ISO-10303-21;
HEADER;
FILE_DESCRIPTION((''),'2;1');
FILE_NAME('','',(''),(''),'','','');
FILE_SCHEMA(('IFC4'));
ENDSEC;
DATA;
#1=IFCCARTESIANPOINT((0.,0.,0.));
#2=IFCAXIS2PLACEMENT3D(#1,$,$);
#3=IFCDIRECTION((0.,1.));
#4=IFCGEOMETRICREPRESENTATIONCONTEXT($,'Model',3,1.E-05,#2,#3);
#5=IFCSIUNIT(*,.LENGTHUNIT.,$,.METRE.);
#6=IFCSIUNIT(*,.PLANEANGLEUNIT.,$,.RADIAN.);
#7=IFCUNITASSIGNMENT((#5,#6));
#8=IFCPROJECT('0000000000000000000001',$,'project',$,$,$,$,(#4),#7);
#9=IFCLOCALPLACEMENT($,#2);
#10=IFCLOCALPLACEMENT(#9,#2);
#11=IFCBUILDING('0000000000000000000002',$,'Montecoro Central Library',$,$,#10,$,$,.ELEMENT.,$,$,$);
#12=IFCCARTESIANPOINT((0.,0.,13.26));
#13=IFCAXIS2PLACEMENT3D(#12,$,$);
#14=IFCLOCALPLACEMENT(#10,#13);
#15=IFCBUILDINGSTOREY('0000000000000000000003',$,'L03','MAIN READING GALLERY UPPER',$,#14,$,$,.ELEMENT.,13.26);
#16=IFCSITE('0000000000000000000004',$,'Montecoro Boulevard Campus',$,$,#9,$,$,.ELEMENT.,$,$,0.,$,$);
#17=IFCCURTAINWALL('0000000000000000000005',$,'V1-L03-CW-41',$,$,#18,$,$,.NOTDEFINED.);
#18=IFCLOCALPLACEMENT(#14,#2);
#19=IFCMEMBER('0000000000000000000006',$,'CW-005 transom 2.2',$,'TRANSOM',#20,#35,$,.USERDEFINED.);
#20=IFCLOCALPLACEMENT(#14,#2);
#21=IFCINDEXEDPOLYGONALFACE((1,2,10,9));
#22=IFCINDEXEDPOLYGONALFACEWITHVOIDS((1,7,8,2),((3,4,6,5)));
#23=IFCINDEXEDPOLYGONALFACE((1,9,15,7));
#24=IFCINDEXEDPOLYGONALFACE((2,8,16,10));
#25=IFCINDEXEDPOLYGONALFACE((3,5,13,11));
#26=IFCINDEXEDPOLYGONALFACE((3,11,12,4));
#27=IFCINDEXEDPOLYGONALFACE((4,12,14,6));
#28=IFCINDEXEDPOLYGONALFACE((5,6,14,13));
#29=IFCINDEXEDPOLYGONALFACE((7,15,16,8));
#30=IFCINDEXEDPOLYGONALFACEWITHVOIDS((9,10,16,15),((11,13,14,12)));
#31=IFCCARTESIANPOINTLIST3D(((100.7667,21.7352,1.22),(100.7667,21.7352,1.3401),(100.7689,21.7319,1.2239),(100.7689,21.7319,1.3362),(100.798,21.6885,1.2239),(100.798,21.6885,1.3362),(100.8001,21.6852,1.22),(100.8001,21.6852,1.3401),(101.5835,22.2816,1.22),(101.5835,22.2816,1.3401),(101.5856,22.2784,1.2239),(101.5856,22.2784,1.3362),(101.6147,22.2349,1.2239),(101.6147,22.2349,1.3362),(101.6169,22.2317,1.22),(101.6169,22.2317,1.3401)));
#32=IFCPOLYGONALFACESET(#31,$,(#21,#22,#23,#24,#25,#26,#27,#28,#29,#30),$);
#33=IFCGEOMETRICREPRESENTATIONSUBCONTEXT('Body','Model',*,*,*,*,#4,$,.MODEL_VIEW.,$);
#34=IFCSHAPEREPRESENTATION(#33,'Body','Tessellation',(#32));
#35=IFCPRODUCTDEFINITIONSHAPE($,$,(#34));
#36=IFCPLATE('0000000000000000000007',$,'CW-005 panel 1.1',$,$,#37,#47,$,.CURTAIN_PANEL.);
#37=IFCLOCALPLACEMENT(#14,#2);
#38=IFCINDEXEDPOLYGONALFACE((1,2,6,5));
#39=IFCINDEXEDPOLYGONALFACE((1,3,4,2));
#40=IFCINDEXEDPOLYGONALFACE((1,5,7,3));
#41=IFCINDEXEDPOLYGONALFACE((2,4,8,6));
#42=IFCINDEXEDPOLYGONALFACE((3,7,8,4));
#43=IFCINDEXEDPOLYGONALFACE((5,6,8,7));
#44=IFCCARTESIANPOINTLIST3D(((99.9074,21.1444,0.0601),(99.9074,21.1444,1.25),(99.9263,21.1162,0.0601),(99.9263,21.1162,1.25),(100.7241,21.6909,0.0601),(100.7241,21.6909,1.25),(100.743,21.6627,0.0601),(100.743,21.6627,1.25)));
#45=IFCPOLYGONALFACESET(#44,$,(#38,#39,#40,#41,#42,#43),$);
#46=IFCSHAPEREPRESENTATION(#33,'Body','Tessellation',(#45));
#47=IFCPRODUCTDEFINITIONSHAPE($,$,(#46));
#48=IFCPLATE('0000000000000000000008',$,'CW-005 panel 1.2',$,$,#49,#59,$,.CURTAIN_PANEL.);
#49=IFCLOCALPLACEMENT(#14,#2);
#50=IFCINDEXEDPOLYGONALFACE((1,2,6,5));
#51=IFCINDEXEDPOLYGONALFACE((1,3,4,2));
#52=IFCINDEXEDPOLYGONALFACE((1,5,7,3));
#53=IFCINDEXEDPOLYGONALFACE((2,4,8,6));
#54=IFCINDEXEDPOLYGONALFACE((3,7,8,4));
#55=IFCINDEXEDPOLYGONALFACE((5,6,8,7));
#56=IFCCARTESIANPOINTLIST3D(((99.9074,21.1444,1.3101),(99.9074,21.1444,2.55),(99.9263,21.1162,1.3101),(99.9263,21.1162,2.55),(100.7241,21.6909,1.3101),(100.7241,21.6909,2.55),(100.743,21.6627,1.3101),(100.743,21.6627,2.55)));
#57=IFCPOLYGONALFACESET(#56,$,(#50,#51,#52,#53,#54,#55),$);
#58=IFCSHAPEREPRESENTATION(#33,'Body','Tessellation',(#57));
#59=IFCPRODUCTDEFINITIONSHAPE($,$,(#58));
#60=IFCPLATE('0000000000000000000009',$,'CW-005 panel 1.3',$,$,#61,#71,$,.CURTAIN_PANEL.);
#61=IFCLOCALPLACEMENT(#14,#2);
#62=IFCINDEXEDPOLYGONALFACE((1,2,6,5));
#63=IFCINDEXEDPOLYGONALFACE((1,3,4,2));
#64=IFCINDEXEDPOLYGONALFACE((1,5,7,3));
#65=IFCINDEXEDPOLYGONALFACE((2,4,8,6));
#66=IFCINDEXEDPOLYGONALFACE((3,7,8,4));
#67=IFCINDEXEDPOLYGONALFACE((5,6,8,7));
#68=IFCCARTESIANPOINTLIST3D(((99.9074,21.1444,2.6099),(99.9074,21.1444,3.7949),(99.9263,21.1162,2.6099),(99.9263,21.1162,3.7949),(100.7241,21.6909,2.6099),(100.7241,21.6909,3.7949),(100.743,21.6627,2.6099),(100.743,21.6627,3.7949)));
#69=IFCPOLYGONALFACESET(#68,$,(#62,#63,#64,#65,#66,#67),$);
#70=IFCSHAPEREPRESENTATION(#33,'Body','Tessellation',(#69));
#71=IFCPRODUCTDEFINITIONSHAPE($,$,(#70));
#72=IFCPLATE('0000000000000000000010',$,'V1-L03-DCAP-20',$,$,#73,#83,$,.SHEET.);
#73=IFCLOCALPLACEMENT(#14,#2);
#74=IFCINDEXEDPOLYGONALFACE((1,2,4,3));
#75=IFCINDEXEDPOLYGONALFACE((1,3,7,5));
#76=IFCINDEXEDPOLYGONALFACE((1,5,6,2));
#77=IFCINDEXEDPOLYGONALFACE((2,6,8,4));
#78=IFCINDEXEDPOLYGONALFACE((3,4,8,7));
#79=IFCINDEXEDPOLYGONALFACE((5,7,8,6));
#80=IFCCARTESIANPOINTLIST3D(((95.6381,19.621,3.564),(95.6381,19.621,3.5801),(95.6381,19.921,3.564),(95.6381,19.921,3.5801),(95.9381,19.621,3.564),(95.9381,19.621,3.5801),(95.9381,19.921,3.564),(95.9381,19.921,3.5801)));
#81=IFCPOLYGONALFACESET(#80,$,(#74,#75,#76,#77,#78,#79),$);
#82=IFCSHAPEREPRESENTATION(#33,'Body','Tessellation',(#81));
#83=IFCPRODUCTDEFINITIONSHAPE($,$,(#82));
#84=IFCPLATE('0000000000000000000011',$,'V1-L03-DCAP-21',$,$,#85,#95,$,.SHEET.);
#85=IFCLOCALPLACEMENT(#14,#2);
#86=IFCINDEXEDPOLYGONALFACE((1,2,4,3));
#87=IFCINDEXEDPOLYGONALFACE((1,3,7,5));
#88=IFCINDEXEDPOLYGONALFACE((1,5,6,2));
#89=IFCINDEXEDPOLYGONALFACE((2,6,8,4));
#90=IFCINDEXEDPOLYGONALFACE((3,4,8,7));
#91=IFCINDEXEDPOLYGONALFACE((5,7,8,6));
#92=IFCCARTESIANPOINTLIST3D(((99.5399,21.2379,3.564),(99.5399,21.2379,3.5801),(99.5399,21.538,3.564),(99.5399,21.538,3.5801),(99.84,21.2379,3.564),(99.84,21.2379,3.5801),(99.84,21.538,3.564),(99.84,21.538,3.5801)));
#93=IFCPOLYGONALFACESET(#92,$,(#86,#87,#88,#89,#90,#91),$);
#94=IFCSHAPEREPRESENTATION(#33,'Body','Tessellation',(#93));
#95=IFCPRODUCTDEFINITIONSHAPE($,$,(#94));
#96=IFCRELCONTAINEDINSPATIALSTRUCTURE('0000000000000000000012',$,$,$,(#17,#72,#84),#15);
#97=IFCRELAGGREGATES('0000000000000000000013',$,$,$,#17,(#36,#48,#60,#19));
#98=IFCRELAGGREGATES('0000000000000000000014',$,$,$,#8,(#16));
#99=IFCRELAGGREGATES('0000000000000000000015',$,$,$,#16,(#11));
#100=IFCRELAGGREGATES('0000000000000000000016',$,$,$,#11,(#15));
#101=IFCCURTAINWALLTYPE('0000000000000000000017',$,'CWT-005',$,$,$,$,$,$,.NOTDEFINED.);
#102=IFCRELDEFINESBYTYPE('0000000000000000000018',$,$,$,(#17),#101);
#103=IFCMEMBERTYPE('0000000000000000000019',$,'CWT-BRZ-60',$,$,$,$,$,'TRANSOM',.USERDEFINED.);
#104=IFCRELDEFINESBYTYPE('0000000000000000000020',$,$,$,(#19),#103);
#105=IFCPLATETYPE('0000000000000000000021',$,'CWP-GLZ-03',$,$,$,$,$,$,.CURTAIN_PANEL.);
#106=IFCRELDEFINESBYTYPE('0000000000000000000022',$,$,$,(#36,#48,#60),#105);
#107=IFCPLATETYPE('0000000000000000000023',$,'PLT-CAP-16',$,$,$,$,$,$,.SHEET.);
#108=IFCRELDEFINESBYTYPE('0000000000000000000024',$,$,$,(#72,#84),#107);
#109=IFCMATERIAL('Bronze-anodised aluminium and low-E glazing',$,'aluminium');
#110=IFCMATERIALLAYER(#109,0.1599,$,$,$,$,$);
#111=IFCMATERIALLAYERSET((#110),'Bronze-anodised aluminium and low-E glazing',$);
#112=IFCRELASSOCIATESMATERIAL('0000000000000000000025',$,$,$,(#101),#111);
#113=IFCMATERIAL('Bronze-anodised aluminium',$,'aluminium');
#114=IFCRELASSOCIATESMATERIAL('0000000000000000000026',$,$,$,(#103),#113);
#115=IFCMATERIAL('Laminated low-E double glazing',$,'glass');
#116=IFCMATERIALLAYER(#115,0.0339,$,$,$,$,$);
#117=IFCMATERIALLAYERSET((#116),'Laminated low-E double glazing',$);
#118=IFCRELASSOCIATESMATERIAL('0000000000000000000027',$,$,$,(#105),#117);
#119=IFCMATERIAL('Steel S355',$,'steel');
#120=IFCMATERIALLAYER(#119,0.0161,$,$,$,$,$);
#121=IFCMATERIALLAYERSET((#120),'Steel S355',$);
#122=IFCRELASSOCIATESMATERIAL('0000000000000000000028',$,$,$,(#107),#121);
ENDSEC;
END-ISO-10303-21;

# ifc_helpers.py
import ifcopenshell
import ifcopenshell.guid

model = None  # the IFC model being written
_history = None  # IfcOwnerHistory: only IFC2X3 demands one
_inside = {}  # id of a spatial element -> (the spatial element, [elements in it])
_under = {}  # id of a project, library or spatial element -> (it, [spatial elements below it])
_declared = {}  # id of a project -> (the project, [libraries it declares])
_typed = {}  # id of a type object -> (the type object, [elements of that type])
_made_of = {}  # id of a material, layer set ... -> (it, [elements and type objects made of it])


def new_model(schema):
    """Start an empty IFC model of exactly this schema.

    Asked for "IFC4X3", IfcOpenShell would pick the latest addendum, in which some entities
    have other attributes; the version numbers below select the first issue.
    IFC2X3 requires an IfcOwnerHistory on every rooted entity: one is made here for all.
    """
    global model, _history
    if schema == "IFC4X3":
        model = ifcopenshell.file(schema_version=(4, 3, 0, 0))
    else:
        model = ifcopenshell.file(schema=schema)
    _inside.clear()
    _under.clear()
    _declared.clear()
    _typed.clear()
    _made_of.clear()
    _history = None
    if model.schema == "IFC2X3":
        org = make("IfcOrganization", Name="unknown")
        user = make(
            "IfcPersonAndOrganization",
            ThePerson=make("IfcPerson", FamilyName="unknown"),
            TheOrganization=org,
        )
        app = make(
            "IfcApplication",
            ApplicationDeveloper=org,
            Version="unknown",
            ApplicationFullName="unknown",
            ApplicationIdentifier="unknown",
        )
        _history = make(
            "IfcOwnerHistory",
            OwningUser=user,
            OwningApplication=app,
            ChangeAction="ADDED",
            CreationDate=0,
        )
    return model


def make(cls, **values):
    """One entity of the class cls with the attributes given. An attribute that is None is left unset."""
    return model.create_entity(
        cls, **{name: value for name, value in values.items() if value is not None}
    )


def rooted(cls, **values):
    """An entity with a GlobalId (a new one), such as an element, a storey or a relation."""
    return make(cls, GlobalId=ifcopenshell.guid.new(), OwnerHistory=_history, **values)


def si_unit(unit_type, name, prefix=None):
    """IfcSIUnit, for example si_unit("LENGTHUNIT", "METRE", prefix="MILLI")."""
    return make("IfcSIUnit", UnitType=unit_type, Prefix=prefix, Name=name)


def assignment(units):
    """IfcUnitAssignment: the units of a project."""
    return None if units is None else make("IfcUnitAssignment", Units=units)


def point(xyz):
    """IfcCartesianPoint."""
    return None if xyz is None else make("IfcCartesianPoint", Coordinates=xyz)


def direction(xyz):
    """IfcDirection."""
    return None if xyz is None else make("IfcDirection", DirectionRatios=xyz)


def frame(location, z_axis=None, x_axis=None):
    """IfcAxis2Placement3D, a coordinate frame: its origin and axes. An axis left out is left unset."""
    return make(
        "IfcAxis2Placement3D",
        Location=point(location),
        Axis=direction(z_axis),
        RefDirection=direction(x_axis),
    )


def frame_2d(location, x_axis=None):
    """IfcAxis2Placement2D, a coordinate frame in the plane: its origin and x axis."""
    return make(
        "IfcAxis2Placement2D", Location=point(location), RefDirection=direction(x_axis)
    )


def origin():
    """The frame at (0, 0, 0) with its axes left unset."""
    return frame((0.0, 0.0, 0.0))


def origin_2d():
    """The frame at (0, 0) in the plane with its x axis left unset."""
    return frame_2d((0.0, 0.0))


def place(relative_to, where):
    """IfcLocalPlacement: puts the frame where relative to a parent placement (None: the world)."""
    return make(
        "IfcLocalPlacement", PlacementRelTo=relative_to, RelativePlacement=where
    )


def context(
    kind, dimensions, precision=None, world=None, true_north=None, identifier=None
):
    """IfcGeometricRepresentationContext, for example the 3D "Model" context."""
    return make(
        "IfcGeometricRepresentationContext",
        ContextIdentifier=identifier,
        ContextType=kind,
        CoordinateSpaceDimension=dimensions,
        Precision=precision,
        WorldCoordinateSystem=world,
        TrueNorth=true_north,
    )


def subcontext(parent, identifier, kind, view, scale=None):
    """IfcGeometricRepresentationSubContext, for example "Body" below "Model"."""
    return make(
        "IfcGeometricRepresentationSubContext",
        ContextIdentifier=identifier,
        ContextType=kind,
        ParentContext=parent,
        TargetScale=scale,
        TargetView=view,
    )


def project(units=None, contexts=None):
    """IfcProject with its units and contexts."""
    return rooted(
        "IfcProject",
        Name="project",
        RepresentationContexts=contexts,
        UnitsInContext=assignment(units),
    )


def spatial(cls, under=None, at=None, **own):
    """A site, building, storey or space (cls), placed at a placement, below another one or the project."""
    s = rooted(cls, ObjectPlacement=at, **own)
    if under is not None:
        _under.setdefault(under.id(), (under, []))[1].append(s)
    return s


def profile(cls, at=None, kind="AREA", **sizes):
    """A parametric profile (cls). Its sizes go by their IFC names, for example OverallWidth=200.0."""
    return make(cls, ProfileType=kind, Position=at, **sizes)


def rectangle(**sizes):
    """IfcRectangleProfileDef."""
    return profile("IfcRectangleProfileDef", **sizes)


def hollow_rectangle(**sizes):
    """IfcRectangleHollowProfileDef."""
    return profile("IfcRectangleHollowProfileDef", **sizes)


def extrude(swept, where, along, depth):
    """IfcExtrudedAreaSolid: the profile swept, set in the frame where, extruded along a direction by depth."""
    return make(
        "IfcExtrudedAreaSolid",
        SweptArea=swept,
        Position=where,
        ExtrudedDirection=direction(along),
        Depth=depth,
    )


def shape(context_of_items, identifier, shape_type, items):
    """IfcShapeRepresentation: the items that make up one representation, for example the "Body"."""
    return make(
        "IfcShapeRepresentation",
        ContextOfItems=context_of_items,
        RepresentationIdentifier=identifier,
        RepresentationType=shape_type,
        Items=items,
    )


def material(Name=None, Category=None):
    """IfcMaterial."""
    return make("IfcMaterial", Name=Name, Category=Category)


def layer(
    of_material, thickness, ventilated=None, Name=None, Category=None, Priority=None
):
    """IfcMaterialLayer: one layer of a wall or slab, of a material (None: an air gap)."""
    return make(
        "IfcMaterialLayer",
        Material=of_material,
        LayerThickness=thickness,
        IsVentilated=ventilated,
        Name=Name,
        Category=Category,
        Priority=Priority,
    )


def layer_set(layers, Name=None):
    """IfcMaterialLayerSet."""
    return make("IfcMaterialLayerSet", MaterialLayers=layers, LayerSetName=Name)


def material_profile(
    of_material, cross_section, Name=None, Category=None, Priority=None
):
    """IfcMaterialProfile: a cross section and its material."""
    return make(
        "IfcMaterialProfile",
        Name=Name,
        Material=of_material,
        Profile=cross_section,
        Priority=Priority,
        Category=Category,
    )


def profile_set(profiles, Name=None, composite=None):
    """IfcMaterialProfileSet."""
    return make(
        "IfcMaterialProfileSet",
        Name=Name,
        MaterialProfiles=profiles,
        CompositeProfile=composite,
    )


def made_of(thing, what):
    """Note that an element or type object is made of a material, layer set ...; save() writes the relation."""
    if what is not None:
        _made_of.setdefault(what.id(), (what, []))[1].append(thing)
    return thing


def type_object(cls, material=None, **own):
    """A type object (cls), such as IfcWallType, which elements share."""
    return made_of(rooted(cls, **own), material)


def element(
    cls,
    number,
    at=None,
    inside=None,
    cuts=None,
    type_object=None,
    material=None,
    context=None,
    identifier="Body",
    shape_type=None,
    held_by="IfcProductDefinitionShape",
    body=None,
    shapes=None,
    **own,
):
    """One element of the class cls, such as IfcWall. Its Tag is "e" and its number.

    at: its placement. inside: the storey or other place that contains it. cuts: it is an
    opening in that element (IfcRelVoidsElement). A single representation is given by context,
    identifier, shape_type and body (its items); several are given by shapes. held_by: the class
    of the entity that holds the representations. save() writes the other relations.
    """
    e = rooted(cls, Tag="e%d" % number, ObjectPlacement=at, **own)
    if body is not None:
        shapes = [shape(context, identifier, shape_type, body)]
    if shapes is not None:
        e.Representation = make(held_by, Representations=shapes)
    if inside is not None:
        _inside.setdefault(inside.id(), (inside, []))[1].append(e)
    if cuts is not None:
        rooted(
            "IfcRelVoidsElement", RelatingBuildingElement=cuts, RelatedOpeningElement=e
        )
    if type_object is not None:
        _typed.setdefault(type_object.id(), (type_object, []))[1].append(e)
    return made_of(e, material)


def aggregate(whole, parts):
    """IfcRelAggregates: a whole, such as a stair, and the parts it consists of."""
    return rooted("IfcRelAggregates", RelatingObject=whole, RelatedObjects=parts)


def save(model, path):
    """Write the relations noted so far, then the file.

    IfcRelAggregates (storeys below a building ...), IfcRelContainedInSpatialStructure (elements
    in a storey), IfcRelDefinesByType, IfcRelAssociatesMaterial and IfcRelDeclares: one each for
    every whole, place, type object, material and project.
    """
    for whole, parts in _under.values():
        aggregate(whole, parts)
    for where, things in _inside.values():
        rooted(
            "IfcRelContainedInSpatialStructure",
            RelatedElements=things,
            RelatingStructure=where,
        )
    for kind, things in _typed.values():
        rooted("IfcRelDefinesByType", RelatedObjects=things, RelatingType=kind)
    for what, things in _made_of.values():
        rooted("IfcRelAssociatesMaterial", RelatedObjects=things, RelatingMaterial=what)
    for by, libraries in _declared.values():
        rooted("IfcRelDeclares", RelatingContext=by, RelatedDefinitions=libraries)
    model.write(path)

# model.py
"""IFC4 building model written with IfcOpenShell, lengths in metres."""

from ifc_helpers import new_model, si_unit, direction, frame, origin, origin_2d, place, context, subcontext, project, spatial, rectangle, hollow_rectangle, extrude, material, layer, layer_set, material_profile, profile_set, type_object, element, aggregate, save


model = new_model("IFC4")

# Units and contexts
model_context = context("Model", 3, precision=1e-05, world=origin(), true_north=direction((0.0, 1.0)))
body_context = subcontext(model_context, "Body", "Model", "MODEL_VIEW")
ifc_project = project(units=[si_unit("LENGTHUNIT", "METRE"), si_unit("PLANEANGLEUNIT", "RADIAN")], contexts=[model_context])

# Site, building, storey
site_placement = place(None, origin())
site = spatial("IfcSite", under=ifc_project, at=site_placement, Name="Montecoro Boulevard Campus", CompositionType="ELEMENT", RefElevation=0.0)
building_placement = place(site_placement, origin())
building = spatial("IfcBuilding", under=site, at=building_placement, Name="Montecoro Central Library", CompositionType="ELEMENT")
storey_placement = place(building_placement, frame((0.0, 0.0, 13.26)))
storey = spatial("IfcBuildingStorey", under=building, at=storey_placement, Name="L03", Description="MAIN READING GALLERY UPPER", CompositionType="ELEMENT", Elevation=13.26)

# Shared definitions
ifc_material_1 = material(Name="Steel S355", Category="steel")

# Curtain wall, member, plates
ifc_material_2 = material(Name="Bronze-anodised aluminium and low-E glazing", Category="aluminium")
ifc_layer_1 = layer(ifc_material_2, 0.1599)
ifc_layer_set_1 = layer_set([ifc_layer_1], Name="Bronze-anodised aluminium and low-E glazing")
curtain_wall_type = type_object("IfcCurtainWallType", Name="CWT-005", PredefinedType="NOTDEFINED", material=ifc_layer_set_1)
curtain_wall_placement = place(storey_placement, origin())
curtain_wall = element("IfcCurtainWall", 1, at=curtain_wall_placement, inside=storey, type_object=curtain_wall_type, Name="V1-L03-CW-41", PredefinedType="NOTDEFINED")
ifc_material_3 = material(Name="Bronze-anodised aluminium", Category="aluminium")
ifc_material_profile_1 = material_profile(ifc_material_3, hollow_rectangle(XDim=0.0601, YDim=0.1201, WallThickness=0.0039, at=origin_2d()), Name="CWT 120x60x4.0")
ifc_profile_set_1 = profile_set([ifc_material_profile_1], Name="Bronze-anodised aluminium")
member_type_1 = type_object("IfcMemberType", Name="CWT-BRZ-60", ElementType="TRANSOM", PredefinedType="USERDEFINED", material=ifc_profile_set_1)
member_1_placement = place(storey_placement, frame((100.7834, 21.7102, 1.28), z_axis=(0.831132, 0.556076, 0.0), x_axis=(-0.556076, 0.831132, 0.0)))
member_1 = element("IfcMember", 2, at=member_1_placement, type_object=member_type_1, Name="CW-005 transom 2.2", ObjectType="TRANSOM", PredefinedType="USERDEFINED", context=body_context, shape_type="SweptSolid", body=[
    extrude(hollow_rectangle(XDim=0.0601, YDim=0.1201, WallThickness=0.0039, at=origin_2d()), origin(), (0.0, 0.0, 1.0), 0.9827),
])
ifc_material_4 = material(Name="Laminated low-E double glazing", Category="glass")
ifc_layer_2 = layer(ifc_material_4, 0.0339)
ifc_layer_set_2 = layer_set([ifc_layer_2], Name="Laminated low-E double glazing")
plate_type_1 = type_object("IfcPlateType", Name="CWP-GLZ-03", PredefinedType="CURTAIN_PANEL", material=ifc_layer_set_2)
plate_1_placement = place(storey_placement, frame((100.3252, 21.4036, 0.0601), z_axis=(0.0, 0.0, 1.0), x_axis=(0.831117, 0.556098, 0.0)))
plate_1 = element("IfcPlate", 3, at=plate_1_placement, type_object=plate_type_1, Name="CW-005 panel 1.1", PredefinedType="CURTAIN_PANEL", context=body_context, shape_type="SweptSolid", body=[
    extrude(rectangle(XDim=0.9827, YDim=0.0339, at=origin_2d()), origin(), (0.0, 0.0, 1.0), 1.1899),
])
plate_2_placement = place(storey_placement, frame((100.3252, 21.4036, 1.3101), z_axis=(0.0, 0.0, 1.0), x_axis=(0.831117, 0.556098, 0.0)))
plate_2 = element("IfcPlate", 4, at=plate_2_placement, type_object=plate_type_1, Name="CW-005 panel 1.2", PredefinedType="CURTAIN_PANEL", context=body_context, shape_type="SweptSolid", body=[
    extrude(rectangle(XDim=0.9827, YDim=0.0339, at=origin_2d()), origin(), (0.0, 0.0, 1.0), 1.24),
])
plate_3_placement = place(storey_placement, frame((100.3252, 21.4036, 2.6099), z_axis=(0.0, 0.0, 1.0), x_axis=(0.831117, 0.556098, 0.0)))
plate_3 = element("IfcPlate", 5, at=plate_3_placement, type_object=plate_type_1, Name="CW-005 panel 1.3", PredefinedType="CURTAIN_PANEL", context=body_context, shape_type="SweptSolid", body=[
    extrude(rectangle(XDim=0.9827, YDim=0.0339, at=origin_2d()), origin(), (0.0, 0.0, 1.0), 1.1851),
])
aggregate(curtain_wall, [plate_1, plate_2, plate_3, member_1])

# Plates
ifc_layer_3 = layer(ifc_material_1, 0.0161)
ifc_layer_set_3 = layer_set([ifc_layer_3], Name="Steel S355")
plate_type_2 = type_object("IfcPlateType", Name="PLT-CAP-16", PredefinedType="SHEET", material=ifc_layer_set_3)
for number, where, z_axis, x_axis, name in (
    (6, (95.7881, 19.771, 3.564), (0.0, 0.0, 1.0), (1.0, 0.0, 0.0), "V1-L03-DCAP-20"),
    (7, (99.6899, 21.3879, 3.564), (0.0, 0.0, 1.0), (1.0, 0.0, 0.0), "V1-L03-DCAP-21"),
):
    element("IfcPlate", number, at=place(storey_placement, frame(where, z_axis=z_axis, x_axis=x_axis)), inside=storey, type_object=plate_type_2, Name=name, PredefinedType="SHEET", context=body_context, shape_type="SweptSolid", body=[
        extrude(rectangle(XDim=0.3, YDim=0.3, at=origin_2d()), origin(), (0.0, 0.0, 1.0), 0.0161),
    ])

save(model, "model.ifc")
